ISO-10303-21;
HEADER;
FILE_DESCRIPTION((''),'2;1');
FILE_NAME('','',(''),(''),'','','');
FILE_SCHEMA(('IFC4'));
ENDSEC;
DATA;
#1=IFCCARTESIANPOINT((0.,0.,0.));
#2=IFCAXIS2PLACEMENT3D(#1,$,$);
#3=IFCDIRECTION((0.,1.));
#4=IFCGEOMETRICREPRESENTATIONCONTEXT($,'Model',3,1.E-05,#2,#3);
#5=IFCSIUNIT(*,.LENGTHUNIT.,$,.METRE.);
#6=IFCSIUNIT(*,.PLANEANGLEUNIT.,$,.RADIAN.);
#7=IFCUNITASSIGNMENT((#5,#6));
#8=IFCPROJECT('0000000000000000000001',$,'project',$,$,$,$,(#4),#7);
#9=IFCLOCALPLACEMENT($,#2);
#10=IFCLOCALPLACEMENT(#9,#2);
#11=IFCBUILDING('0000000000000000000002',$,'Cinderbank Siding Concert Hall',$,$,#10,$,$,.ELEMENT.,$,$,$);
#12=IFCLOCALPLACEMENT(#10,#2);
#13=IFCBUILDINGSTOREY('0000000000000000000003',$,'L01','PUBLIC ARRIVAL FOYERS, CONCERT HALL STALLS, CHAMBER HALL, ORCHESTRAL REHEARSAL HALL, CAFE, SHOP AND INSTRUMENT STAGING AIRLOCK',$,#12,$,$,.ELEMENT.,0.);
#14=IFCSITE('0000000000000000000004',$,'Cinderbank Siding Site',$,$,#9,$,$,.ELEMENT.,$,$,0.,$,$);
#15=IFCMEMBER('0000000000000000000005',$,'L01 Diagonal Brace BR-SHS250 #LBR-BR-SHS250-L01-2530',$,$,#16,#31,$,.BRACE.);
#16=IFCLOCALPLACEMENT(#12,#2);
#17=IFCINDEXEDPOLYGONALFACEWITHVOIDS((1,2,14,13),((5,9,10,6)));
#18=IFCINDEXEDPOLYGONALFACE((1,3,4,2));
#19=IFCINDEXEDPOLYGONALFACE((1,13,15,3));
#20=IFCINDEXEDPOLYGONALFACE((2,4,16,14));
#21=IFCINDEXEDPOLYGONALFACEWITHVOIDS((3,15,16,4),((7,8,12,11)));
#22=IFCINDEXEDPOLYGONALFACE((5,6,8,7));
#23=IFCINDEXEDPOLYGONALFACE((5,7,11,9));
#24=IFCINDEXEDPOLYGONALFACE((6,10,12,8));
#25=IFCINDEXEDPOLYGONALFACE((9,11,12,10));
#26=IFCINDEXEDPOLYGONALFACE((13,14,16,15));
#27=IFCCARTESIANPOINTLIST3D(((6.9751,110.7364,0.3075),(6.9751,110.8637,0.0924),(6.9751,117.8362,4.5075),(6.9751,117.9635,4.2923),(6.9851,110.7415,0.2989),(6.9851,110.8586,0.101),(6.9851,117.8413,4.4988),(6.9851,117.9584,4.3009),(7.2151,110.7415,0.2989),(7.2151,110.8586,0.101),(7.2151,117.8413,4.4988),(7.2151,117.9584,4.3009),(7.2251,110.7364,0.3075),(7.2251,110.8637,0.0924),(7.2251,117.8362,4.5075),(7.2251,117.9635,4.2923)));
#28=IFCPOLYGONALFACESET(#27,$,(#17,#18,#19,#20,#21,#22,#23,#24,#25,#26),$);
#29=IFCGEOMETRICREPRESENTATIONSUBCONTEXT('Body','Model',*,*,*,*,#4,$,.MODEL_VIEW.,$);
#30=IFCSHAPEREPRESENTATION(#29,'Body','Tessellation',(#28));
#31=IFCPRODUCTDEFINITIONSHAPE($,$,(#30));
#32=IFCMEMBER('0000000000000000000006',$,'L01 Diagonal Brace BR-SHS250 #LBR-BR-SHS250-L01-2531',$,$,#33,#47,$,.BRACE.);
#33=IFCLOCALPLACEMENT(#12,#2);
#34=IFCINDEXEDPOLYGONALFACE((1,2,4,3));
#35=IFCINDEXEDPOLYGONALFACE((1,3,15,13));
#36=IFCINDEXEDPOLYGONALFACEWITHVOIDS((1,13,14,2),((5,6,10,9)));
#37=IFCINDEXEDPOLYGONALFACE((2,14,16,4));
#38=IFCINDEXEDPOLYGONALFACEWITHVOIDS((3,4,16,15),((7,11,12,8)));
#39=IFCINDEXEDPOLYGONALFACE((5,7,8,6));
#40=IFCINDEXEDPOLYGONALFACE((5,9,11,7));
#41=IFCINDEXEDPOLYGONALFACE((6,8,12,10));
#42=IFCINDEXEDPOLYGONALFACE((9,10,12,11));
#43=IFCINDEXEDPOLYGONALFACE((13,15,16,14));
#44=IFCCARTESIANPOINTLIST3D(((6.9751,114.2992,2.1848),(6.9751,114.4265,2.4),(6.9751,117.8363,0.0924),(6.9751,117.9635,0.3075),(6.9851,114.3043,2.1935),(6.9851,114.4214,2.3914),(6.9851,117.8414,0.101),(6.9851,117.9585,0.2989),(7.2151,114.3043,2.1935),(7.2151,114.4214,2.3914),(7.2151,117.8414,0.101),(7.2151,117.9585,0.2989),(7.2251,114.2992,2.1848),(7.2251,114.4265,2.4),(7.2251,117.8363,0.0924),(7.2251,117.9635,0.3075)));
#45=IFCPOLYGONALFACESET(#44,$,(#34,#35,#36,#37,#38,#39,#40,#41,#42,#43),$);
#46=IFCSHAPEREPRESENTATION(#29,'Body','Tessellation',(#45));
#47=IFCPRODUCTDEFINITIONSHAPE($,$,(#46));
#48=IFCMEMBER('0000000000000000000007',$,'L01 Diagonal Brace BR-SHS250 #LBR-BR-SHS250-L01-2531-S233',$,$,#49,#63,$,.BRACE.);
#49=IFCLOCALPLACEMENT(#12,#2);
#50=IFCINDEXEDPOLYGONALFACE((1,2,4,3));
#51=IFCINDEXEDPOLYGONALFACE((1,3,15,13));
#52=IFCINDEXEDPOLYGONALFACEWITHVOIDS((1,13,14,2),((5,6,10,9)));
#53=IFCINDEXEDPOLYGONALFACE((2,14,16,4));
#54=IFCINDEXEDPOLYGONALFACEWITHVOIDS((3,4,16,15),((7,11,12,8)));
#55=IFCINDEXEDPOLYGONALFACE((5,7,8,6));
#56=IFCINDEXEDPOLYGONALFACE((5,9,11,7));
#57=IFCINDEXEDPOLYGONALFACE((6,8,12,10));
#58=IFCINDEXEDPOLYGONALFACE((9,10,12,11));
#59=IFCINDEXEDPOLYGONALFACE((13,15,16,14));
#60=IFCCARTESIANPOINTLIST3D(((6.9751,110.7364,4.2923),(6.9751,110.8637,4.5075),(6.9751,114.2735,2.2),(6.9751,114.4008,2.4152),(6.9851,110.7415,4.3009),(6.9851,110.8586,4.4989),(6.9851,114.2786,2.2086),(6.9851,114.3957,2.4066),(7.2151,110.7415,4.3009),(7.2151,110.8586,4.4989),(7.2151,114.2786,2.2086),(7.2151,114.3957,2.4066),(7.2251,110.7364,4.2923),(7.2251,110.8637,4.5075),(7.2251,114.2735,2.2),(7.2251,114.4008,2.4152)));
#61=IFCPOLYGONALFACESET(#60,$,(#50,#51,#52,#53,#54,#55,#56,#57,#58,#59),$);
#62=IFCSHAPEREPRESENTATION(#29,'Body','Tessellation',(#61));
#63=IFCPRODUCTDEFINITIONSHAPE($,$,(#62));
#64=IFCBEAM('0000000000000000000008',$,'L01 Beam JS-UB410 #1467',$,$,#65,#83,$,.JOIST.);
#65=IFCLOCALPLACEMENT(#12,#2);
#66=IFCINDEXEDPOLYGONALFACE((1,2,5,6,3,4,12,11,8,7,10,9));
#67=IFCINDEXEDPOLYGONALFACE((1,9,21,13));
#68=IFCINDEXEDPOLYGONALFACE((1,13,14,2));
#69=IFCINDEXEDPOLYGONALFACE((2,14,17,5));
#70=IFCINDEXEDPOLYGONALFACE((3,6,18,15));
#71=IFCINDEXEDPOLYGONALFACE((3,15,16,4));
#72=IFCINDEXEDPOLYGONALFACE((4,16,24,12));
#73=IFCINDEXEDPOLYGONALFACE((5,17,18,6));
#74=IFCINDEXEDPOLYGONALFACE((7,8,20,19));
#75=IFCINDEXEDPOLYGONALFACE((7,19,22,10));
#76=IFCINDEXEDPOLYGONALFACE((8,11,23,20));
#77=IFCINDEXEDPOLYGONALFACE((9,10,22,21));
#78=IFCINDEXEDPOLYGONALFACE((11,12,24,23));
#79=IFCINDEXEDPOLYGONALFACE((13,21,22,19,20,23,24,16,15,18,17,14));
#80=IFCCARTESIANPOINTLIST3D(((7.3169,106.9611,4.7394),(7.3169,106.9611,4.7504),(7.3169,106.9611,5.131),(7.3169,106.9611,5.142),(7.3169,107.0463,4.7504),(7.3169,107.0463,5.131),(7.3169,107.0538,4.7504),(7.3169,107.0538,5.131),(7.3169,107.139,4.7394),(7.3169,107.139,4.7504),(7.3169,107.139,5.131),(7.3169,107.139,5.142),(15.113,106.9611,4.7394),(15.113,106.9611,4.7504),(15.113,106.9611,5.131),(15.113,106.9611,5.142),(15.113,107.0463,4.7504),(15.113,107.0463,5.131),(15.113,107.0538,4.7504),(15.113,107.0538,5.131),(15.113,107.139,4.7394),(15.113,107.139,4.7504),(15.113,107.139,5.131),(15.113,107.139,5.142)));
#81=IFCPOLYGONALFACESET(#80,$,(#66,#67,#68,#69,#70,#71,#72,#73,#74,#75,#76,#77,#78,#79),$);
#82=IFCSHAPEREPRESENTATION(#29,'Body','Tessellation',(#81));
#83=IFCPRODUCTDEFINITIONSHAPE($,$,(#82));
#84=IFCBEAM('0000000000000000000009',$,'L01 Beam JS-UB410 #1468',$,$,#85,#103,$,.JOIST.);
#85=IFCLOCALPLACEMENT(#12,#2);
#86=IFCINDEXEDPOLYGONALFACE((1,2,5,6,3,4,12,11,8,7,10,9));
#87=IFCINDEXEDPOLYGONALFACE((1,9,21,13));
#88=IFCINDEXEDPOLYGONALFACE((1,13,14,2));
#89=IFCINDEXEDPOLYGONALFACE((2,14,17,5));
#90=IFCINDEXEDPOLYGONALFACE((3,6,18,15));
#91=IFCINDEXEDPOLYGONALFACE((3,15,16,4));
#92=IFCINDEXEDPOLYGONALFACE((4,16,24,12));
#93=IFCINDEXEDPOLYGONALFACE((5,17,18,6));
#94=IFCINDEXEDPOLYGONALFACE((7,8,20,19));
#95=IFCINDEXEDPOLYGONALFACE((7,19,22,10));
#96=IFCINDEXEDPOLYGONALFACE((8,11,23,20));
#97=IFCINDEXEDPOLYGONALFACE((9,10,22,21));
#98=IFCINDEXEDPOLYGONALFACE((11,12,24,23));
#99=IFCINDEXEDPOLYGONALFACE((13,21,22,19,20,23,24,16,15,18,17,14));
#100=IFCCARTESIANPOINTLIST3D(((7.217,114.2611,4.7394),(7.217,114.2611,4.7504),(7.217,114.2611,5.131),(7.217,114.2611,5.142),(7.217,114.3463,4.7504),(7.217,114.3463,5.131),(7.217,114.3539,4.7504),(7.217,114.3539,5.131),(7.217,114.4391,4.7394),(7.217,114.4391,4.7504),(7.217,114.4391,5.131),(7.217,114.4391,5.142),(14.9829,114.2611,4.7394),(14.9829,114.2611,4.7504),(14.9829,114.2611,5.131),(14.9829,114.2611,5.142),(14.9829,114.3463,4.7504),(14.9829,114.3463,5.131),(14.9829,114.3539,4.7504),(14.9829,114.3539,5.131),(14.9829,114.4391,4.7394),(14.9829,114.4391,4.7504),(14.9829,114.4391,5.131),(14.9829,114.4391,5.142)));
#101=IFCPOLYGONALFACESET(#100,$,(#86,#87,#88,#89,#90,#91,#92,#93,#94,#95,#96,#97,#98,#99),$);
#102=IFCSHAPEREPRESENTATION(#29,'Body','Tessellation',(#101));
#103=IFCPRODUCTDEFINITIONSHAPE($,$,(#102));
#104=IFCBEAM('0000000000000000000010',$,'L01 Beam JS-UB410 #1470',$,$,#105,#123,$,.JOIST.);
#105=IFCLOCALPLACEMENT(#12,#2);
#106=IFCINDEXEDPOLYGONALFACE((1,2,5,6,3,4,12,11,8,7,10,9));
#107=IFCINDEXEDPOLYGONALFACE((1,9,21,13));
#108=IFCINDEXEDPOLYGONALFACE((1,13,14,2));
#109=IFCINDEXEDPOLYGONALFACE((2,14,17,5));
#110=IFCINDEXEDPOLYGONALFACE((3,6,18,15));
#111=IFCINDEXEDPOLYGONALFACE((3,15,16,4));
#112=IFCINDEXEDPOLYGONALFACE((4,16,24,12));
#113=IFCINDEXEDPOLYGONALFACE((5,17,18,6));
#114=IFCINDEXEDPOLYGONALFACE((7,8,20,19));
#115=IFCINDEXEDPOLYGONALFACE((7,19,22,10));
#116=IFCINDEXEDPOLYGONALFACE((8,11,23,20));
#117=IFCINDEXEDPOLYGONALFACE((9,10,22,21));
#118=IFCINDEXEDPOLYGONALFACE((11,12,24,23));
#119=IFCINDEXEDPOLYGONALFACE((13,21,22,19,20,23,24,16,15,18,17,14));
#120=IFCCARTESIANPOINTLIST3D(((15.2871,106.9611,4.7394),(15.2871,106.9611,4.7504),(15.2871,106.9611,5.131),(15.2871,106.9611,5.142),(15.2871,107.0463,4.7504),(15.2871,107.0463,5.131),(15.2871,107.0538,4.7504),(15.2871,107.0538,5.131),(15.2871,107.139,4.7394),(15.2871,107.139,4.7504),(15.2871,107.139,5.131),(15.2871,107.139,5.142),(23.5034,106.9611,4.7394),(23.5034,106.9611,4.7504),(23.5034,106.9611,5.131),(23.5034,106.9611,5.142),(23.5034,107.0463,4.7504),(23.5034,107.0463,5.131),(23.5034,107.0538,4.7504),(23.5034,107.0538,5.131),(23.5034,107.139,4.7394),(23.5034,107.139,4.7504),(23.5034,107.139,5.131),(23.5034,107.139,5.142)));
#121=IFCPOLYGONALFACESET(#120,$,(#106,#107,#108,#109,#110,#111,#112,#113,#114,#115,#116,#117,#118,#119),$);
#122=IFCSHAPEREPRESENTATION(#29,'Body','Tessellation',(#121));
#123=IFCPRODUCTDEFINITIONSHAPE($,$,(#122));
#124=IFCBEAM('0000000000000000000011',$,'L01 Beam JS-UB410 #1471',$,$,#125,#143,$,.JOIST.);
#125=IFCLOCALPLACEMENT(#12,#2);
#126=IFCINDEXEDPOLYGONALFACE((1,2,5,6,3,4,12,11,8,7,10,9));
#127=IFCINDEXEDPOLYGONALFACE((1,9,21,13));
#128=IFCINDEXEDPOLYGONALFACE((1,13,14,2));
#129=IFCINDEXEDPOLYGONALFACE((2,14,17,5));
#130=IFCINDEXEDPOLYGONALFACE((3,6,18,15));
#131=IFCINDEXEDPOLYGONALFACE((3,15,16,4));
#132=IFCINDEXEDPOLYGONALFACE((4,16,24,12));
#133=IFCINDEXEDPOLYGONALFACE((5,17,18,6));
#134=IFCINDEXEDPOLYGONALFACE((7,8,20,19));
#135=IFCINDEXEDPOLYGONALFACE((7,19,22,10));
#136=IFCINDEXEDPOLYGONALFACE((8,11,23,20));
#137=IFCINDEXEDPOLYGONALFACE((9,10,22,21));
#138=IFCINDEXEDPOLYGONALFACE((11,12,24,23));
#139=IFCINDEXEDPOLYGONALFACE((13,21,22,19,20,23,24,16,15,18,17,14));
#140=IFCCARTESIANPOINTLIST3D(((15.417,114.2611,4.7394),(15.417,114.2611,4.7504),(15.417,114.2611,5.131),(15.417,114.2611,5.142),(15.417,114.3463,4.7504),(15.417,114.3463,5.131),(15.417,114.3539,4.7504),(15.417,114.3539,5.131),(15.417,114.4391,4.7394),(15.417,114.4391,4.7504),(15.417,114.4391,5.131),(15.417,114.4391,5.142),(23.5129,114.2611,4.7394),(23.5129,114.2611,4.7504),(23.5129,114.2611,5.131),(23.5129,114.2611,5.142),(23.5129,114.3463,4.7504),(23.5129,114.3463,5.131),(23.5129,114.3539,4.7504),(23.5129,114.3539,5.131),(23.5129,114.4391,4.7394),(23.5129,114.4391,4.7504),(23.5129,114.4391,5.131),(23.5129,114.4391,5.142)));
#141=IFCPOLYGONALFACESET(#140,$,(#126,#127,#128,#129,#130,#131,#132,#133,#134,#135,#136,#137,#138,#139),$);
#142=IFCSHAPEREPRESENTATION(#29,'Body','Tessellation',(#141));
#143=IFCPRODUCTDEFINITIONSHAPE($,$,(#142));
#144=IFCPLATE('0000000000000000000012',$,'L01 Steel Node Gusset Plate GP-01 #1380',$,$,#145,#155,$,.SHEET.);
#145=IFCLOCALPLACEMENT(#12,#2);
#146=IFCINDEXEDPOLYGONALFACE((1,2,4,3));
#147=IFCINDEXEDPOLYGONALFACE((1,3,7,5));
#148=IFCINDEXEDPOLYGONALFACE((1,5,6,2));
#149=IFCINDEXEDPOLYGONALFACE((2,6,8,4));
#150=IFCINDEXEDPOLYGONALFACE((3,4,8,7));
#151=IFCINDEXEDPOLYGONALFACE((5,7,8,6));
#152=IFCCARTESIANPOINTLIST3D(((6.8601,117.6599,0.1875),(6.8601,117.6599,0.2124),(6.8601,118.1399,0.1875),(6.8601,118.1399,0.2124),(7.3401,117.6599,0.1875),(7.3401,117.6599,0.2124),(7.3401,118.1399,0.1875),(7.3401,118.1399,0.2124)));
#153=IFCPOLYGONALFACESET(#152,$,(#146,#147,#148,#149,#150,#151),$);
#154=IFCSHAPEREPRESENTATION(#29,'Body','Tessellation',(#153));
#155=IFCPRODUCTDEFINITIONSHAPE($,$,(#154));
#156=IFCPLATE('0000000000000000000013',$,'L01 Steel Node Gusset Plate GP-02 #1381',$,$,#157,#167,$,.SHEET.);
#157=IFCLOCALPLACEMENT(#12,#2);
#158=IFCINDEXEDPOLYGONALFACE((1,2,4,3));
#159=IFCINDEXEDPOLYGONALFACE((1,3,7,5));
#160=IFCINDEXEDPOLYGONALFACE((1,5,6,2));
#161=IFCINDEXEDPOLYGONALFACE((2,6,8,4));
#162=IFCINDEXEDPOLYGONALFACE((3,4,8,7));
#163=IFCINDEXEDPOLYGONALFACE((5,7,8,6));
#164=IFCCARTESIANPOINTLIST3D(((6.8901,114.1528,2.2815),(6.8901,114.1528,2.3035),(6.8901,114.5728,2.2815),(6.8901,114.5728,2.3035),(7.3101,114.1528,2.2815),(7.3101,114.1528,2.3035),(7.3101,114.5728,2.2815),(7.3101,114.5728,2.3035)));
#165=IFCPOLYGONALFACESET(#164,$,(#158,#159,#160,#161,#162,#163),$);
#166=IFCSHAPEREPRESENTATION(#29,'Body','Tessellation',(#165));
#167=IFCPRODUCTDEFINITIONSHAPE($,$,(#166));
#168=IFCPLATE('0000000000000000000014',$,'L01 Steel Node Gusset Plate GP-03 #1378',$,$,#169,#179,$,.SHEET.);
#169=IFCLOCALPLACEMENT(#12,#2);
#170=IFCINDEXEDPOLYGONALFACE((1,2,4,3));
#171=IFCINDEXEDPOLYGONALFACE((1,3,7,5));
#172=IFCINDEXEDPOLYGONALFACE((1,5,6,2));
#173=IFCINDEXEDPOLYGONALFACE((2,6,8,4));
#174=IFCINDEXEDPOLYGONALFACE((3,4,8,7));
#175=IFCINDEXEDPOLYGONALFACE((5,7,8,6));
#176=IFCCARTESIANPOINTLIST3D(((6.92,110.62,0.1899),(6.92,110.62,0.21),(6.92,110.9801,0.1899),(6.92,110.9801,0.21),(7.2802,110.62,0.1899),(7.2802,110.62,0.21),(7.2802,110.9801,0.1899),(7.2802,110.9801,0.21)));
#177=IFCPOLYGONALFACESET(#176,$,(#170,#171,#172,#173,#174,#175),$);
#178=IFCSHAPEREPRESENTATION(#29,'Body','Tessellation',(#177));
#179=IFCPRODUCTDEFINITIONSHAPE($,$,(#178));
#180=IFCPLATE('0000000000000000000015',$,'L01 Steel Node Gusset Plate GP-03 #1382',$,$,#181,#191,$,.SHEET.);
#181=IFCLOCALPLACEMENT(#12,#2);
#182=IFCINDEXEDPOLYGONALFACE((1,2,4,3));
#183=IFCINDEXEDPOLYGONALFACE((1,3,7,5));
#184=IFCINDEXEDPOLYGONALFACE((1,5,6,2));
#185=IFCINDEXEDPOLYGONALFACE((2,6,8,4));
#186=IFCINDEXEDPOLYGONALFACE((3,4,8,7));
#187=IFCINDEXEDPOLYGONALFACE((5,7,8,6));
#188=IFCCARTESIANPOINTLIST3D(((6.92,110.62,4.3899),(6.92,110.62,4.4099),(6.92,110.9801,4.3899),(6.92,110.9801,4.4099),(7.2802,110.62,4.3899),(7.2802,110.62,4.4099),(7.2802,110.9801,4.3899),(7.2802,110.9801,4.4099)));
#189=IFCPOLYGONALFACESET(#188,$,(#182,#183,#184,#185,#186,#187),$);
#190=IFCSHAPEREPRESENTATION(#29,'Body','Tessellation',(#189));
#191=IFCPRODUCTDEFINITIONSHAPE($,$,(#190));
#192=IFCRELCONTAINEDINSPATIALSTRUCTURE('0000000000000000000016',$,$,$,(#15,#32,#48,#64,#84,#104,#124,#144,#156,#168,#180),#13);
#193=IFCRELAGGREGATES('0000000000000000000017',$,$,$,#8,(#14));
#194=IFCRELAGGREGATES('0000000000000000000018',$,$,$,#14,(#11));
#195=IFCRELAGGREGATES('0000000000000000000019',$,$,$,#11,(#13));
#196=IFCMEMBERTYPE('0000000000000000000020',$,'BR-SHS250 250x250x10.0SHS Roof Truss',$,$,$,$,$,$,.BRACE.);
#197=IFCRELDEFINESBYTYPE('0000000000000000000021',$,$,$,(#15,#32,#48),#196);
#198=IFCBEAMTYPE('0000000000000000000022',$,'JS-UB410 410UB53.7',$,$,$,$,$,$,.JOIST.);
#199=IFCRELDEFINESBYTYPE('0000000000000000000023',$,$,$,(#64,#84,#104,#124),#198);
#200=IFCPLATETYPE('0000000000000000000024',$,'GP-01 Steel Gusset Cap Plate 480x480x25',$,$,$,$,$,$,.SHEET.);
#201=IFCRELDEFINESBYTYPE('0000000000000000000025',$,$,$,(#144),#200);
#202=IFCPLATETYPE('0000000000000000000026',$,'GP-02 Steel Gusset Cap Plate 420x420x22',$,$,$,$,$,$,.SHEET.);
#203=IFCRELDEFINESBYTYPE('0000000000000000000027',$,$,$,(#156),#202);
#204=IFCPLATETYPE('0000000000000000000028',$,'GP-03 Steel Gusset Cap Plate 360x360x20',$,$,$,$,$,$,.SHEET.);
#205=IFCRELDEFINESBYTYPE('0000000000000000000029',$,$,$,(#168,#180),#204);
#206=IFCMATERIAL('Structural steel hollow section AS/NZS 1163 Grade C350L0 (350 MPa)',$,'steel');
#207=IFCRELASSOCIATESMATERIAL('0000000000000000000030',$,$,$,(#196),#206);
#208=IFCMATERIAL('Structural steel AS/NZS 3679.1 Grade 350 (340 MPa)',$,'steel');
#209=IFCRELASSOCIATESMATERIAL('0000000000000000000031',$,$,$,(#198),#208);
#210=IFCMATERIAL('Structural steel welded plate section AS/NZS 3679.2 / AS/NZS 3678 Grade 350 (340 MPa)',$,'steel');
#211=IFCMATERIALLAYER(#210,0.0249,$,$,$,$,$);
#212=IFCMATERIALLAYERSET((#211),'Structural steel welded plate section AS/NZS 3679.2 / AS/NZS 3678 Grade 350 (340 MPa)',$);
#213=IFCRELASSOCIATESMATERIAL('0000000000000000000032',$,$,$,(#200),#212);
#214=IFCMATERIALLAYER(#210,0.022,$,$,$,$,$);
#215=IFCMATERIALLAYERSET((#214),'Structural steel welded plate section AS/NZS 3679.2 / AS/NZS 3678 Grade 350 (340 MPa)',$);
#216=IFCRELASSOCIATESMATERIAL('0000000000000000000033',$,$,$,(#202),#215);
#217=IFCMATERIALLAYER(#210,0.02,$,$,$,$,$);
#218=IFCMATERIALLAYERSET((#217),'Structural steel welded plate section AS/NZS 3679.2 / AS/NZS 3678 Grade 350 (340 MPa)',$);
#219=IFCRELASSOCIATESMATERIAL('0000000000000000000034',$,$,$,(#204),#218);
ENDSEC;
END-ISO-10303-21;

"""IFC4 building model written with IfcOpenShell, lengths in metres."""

from ifc_helpers import new_model, si_unit, direction, frame, origin, origin_2d, place, context, subcontext, project, spatial, rectangle, hollow_rectangle, i_section, extrude, material, layer, layer_set, material_profile, profile_set, type_object, element, save


model = new_model("IFC4")

# Units and contexts
model_context = context("Model", 3, precision=1e-05, world=origin(), true_north=direction((0.0, 1.0)))
body_context = subcontext(model_context, "Body", "Model", "MODEL_VIEW")
ifc_project = project(units=[si_unit("LENGTHUNIT", "METRE"), si_unit("PLANEANGLEUNIT", "RADIAN")], contexts=[model_context])

# Site, building, storey
site_placement = place(None, origin())
site = spatial("IfcSite", under=ifc_project, at=site_placement, Name="Cinderbank Siding Site", CompositionType="ELEMENT", RefElevation=0.0)
building_placement = place(site_placement, origin())
building = spatial("IfcBuilding", under=site, at=building_placement, Name="Cinderbank Siding Concert Hall", CompositionType="ELEMENT")
storey_placement = place(building_placement, origin())
storey = spatial("IfcBuildingStorey", under=building, at=storey_placement, Name="L01", Description="PUBLIC ARRIVAL FOYERS, CONCERT HALL STALLS, CHAMBER HALL, ORCHESTRAL REHEARSAL HALL, CAFE, SHOP AND INSTRUMENT STAGING AIRLOCK", CompositionType="ELEMENT", Elevation=0.0)

# Shared definitions
ifc_material_1 = material(Name="Structural steel AS/NZS 3679.1 Grade 350 (340 MPa)", Category="steel")
ifc_material_2 = material(Name="Structural steel welded plate section AS/NZS 3679.2 / AS/NZS 3678 Grade 350 (340 MPa)", Category="steel")

# Members
ifc_material_3 = material(Name="Structural steel hollow section AS/NZS 1163 Grade C350L0 (350 MPa)", Category="steel")
ifc_material_profile_1 = material_profile(ifc_material_3, hollow_rectangle(XDim=0.25, YDim=0.25, WallThickness=0.01, at=origin_2d()), Name="250x250x10.0SHS", Category="LoadBearing")
ifc_profile_set_1 = profile_set([ifc_material_profile_1], Name="Structural steel hollow section AS/NZS 1163 Grade C350L0 (350 MPa)")
member_type = type_object("IfcMemberType", Name="BR-SHS250 250x250x10.0SHS Roof Truss", PredefinedType="BRACE", material=ifc_profile_set_1)
member_placement = place(storey_placement, frame((7.1001, 110.8, 0.2), z_axis=(0.0, 0.860683, 0.509141), x_axis=(-1.0, 0.0, 0.0)))
element("IfcMember", 1, at=member_placement, inside=storey, type_object=member_type, Name="L01 Diagonal Brace BR-SHS250 #LBR-BR-SHS250-L01-2530", PredefinedType="BRACE", context=body_context, shape_type="SweptSolid", body=[
    extrude(hollow_rectangle(XDim=0.25, YDim=0.25, WallThickness=0.01, at=origin_2d()), origin(), (0.0, 0.0, 1.0), 8.249),
])
for number, where, z_axis, x_axis, name in (
    (2, (7.1001, 117.8999, 0.2), (0.0, -0.860669, 0.509166), (1.0, 0.0, 0.0), "L01 Diagonal Brace BR-SHS250 #LBR-BR-SHS250-L01-2531"),
    (3, (7.1001, 114.3372, 2.3076), (0.0, -0.860695, 0.509122), (1.0, 0.0, 0.0), "L01 Diagonal Brace BR-SHS250 #LBR-BR-SHS250-L01-2531-S233"),
):
    element("IfcMember", number, at=place(storey_placement, frame(where, z_axis=z_axis, x_axis=x_axis)), inside=storey, type_object=member_type, Name=name, PredefinedType="BRACE", context=body_context, shape_type="SweptSolid", body=[
        extrude(hollow_rectangle(XDim=0.25, YDim=0.25, WallThickness=0.01, at=origin_2d()), origin(), (0.0, 0.0, 1.0), 4.1096),
    ])

# Beams
ifc_material_profile_2 = material_profile(ifc_material_1, i_section(OverallWidth=0.178, OverallDepth=0.4026, WebThickness=0.0076, FlangeThickness=0.011, at=origin_2d()), Name="410UB53.7", Category="LoadBearing")
ifc_profile_set_2 = profile_set([ifc_material_profile_2], Name="Structural steel AS/NZS 3679.1 Grade 350 (340 MPa)")
beam_type_1 = type_object("IfcBeamType", Name="JS-UB410 410UB53.7", PredefinedType="JOIST", material=ifc_profile_set_2)
beam_1_placement = place(storey_placement, frame((7.3169, 107.05, 4.9407), z_axis=(1.0, 0.0, 0.0), x_axis=(0.0, 1.0, 0.0)))
element("IfcBeam", 4, at=beam_1_placement, inside=storey, type_object=beam_type_1, Name="L01 Beam JS-UB410 #1467", PredefinedType="JOIST", context=body_context, shape_type="SweptSolid", body=[
    extrude(i_section(OverallWidth=0.178, OverallDepth=0.4026, WebThickness=0.0076, FlangeThickness=0.011, at=origin_2d()), origin(), (0.0, 0.0, 1.0), 7.7961),
])
beam_2_placement = place(storey_placement, frame((7.217, 114.3501, 4.9407), z_axis=(1.0, 0.0, 0.0), x_axis=(0.0, 1.0, 0.0)))
element("IfcBeam", 5, at=beam_2_placement, inside=storey, type_object=beam_type_1, Name="L01 Beam JS-UB410 #1468", PredefinedType="JOIST", context=body_context, shape_type="SweptSolid", body=[
    extrude(i_section(OverallWidth=0.178, OverallDepth=0.4026, WebThickness=0.0076, FlangeThickness=0.011, at=origin_2d()), origin(), (0.0, 0.0, 1.0), 7.7659),
])
beam_3_placement = place(storey_placement, frame((15.2871, 107.05, 4.9407), z_axis=(1.0, 0.0, 0.0), x_axis=(0.0, 1.0, 0.0)))
element("IfcBeam", 6, at=beam_3_placement, inside=storey, type_object=beam_type_1, Name="L01 Beam JS-UB410 #1470", PredefinedType="JOIST", context=body_context, shape_type="SweptSolid", body=[
    extrude(i_section(OverallWidth=0.178, OverallDepth=0.4026, WebThickness=0.0076, FlangeThickness=0.011, at=origin_2d()), origin(), (0.0, 0.0, 1.0), 8.2163),
])
beam_4_placement = place(storey_placement, frame((15.417, 114.3501, 4.9407), z_axis=(1.0, 0.0, 0.0), x_axis=(0.0, 1.0, 0.0)))
element("IfcBeam", 7, at=beam_4_placement, inside=storey, type_object=beam_type_1, Name="L01 Beam JS-UB410 #1471", PredefinedType="JOIST", context=body_context, shape_type="SweptSolid", body=[
    extrude(i_section(OverallWidth=0.178, OverallDepth=0.4026, WebThickness=0.0076, FlangeThickness=0.011, at=origin_2d()), origin(), (0.0, 0.0, 1.0), 8.0959),
])

# Plates
ifc_layer_1 = layer(ifc_material_2, 0.0249)
ifc_layer_set_1 = layer_set([ifc_layer_1], Name="Structural steel welded plate section AS/NZS 3679.2 / AS/NZS 3678 Grade 350 (340 MPa)")
plate_type_1 = type_object("IfcPlateType", Name="GP-01 Steel Gusset Cap Plate 480x480x25", PredefinedType="SHEET", material=ifc_layer_set_1)
plate_1_placement = place(storey_placement, frame((7.1001, 117.8999, 0.1875), z_axis=(0.0, 0.0, 1.0), x_axis=(0.0, -1.0, 0.0)))
element("IfcPlate", 8, at=plate_1_placement, inside=storey, type_object=plate_type_1, Name="L01 Steel Node Gusset Plate GP-01 #1380", PredefinedType="SHEET", context=body_context, shape_type="SweptSolid", body=[
    extrude(rectangle(XDim=0.48, YDim=0.48, at=origin_2d()), origin(), (0.0, 0.0, 1.0), 0.0249),
])
ifc_layer_2 = layer(ifc_material_2, 0.022)
ifc_layer_set_2 = layer_set([ifc_layer_2], Name="Structural steel welded plate section AS/NZS 3679.2 / AS/NZS 3678 Grade 350 (340 MPa)")
plate_type_2 = type_object("IfcPlateType", Name="GP-02 Steel Gusset Cap Plate 420x420x22", PredefinedType="SHEET", material=ifc_layer_set_2)
plate_2_placement = place(storey_placement, frame((7.1001, 114.3628, 2.2815), z_axis=(0.0, 0.0, 1.0), x_axis=(0.0, -1.0, 0.0)))
element("IfcPlate", 9, at=plate_2_placement, inside=storey, type_object=plate_type_2, Name="L01 Steel Node Gusset Plate GP-02 #1381", PredefinedType="SHEET", context=body_context, shape_type="SweptSolid", body=[
    extrude(rectangle(XDim=0.4199, YDim=0.4199, at=origin_2d()), origin(), (0.0, 0.0, 1.0), 0.022),
])
ifc_layer_3 = layer(ifc_material_2, 0.02)
ifc_layer_set_3 = layer_set([ifc_layer_3], Name="Structural steel welded plate section AS/NZS 3679.2 / AS/NZS 3678 Grade 350 (340 MPa)")
plate_type_3 = type_object("IfcPlateType", Name="GP-03 Steel Gusset Cap Plate 360x360x20", PredefinedType="SHEET", material=ifc_layer_set_3)
for number, where, z_axis, x_axis, name in (
    (10, (7.1001, 110.8, 0.1899), (0.0, 0.0, 1.0), (0.0, 1.0, 0.0), "L01 Steel Node Gusset Plate GP-03 #1378"),
    (11, (7.1001, 110.8, 4.3899), (0.0, 0.0, 1.0), (0.0, -1.0, 0.0), "L01 Steel Node Gusset Plate GP-03 #1382"),
):
    element("IfcPlate", number, at=place(storey_placement, frame(where, z_axis=z_axis, x_axis=x_axis)), inside=storey, type_object=plate_type_3, Name=name, PredefinedType="SHEET", context=body_context, shape_type="SweptSolid", body=[
        extrude(rectangle(XDim=0.3601, YDim=0.3601, at=origin_2d()), origin(), (0.0, 0.0, 1.0), 0.02),
    ])

save(model, "model.ifc")
